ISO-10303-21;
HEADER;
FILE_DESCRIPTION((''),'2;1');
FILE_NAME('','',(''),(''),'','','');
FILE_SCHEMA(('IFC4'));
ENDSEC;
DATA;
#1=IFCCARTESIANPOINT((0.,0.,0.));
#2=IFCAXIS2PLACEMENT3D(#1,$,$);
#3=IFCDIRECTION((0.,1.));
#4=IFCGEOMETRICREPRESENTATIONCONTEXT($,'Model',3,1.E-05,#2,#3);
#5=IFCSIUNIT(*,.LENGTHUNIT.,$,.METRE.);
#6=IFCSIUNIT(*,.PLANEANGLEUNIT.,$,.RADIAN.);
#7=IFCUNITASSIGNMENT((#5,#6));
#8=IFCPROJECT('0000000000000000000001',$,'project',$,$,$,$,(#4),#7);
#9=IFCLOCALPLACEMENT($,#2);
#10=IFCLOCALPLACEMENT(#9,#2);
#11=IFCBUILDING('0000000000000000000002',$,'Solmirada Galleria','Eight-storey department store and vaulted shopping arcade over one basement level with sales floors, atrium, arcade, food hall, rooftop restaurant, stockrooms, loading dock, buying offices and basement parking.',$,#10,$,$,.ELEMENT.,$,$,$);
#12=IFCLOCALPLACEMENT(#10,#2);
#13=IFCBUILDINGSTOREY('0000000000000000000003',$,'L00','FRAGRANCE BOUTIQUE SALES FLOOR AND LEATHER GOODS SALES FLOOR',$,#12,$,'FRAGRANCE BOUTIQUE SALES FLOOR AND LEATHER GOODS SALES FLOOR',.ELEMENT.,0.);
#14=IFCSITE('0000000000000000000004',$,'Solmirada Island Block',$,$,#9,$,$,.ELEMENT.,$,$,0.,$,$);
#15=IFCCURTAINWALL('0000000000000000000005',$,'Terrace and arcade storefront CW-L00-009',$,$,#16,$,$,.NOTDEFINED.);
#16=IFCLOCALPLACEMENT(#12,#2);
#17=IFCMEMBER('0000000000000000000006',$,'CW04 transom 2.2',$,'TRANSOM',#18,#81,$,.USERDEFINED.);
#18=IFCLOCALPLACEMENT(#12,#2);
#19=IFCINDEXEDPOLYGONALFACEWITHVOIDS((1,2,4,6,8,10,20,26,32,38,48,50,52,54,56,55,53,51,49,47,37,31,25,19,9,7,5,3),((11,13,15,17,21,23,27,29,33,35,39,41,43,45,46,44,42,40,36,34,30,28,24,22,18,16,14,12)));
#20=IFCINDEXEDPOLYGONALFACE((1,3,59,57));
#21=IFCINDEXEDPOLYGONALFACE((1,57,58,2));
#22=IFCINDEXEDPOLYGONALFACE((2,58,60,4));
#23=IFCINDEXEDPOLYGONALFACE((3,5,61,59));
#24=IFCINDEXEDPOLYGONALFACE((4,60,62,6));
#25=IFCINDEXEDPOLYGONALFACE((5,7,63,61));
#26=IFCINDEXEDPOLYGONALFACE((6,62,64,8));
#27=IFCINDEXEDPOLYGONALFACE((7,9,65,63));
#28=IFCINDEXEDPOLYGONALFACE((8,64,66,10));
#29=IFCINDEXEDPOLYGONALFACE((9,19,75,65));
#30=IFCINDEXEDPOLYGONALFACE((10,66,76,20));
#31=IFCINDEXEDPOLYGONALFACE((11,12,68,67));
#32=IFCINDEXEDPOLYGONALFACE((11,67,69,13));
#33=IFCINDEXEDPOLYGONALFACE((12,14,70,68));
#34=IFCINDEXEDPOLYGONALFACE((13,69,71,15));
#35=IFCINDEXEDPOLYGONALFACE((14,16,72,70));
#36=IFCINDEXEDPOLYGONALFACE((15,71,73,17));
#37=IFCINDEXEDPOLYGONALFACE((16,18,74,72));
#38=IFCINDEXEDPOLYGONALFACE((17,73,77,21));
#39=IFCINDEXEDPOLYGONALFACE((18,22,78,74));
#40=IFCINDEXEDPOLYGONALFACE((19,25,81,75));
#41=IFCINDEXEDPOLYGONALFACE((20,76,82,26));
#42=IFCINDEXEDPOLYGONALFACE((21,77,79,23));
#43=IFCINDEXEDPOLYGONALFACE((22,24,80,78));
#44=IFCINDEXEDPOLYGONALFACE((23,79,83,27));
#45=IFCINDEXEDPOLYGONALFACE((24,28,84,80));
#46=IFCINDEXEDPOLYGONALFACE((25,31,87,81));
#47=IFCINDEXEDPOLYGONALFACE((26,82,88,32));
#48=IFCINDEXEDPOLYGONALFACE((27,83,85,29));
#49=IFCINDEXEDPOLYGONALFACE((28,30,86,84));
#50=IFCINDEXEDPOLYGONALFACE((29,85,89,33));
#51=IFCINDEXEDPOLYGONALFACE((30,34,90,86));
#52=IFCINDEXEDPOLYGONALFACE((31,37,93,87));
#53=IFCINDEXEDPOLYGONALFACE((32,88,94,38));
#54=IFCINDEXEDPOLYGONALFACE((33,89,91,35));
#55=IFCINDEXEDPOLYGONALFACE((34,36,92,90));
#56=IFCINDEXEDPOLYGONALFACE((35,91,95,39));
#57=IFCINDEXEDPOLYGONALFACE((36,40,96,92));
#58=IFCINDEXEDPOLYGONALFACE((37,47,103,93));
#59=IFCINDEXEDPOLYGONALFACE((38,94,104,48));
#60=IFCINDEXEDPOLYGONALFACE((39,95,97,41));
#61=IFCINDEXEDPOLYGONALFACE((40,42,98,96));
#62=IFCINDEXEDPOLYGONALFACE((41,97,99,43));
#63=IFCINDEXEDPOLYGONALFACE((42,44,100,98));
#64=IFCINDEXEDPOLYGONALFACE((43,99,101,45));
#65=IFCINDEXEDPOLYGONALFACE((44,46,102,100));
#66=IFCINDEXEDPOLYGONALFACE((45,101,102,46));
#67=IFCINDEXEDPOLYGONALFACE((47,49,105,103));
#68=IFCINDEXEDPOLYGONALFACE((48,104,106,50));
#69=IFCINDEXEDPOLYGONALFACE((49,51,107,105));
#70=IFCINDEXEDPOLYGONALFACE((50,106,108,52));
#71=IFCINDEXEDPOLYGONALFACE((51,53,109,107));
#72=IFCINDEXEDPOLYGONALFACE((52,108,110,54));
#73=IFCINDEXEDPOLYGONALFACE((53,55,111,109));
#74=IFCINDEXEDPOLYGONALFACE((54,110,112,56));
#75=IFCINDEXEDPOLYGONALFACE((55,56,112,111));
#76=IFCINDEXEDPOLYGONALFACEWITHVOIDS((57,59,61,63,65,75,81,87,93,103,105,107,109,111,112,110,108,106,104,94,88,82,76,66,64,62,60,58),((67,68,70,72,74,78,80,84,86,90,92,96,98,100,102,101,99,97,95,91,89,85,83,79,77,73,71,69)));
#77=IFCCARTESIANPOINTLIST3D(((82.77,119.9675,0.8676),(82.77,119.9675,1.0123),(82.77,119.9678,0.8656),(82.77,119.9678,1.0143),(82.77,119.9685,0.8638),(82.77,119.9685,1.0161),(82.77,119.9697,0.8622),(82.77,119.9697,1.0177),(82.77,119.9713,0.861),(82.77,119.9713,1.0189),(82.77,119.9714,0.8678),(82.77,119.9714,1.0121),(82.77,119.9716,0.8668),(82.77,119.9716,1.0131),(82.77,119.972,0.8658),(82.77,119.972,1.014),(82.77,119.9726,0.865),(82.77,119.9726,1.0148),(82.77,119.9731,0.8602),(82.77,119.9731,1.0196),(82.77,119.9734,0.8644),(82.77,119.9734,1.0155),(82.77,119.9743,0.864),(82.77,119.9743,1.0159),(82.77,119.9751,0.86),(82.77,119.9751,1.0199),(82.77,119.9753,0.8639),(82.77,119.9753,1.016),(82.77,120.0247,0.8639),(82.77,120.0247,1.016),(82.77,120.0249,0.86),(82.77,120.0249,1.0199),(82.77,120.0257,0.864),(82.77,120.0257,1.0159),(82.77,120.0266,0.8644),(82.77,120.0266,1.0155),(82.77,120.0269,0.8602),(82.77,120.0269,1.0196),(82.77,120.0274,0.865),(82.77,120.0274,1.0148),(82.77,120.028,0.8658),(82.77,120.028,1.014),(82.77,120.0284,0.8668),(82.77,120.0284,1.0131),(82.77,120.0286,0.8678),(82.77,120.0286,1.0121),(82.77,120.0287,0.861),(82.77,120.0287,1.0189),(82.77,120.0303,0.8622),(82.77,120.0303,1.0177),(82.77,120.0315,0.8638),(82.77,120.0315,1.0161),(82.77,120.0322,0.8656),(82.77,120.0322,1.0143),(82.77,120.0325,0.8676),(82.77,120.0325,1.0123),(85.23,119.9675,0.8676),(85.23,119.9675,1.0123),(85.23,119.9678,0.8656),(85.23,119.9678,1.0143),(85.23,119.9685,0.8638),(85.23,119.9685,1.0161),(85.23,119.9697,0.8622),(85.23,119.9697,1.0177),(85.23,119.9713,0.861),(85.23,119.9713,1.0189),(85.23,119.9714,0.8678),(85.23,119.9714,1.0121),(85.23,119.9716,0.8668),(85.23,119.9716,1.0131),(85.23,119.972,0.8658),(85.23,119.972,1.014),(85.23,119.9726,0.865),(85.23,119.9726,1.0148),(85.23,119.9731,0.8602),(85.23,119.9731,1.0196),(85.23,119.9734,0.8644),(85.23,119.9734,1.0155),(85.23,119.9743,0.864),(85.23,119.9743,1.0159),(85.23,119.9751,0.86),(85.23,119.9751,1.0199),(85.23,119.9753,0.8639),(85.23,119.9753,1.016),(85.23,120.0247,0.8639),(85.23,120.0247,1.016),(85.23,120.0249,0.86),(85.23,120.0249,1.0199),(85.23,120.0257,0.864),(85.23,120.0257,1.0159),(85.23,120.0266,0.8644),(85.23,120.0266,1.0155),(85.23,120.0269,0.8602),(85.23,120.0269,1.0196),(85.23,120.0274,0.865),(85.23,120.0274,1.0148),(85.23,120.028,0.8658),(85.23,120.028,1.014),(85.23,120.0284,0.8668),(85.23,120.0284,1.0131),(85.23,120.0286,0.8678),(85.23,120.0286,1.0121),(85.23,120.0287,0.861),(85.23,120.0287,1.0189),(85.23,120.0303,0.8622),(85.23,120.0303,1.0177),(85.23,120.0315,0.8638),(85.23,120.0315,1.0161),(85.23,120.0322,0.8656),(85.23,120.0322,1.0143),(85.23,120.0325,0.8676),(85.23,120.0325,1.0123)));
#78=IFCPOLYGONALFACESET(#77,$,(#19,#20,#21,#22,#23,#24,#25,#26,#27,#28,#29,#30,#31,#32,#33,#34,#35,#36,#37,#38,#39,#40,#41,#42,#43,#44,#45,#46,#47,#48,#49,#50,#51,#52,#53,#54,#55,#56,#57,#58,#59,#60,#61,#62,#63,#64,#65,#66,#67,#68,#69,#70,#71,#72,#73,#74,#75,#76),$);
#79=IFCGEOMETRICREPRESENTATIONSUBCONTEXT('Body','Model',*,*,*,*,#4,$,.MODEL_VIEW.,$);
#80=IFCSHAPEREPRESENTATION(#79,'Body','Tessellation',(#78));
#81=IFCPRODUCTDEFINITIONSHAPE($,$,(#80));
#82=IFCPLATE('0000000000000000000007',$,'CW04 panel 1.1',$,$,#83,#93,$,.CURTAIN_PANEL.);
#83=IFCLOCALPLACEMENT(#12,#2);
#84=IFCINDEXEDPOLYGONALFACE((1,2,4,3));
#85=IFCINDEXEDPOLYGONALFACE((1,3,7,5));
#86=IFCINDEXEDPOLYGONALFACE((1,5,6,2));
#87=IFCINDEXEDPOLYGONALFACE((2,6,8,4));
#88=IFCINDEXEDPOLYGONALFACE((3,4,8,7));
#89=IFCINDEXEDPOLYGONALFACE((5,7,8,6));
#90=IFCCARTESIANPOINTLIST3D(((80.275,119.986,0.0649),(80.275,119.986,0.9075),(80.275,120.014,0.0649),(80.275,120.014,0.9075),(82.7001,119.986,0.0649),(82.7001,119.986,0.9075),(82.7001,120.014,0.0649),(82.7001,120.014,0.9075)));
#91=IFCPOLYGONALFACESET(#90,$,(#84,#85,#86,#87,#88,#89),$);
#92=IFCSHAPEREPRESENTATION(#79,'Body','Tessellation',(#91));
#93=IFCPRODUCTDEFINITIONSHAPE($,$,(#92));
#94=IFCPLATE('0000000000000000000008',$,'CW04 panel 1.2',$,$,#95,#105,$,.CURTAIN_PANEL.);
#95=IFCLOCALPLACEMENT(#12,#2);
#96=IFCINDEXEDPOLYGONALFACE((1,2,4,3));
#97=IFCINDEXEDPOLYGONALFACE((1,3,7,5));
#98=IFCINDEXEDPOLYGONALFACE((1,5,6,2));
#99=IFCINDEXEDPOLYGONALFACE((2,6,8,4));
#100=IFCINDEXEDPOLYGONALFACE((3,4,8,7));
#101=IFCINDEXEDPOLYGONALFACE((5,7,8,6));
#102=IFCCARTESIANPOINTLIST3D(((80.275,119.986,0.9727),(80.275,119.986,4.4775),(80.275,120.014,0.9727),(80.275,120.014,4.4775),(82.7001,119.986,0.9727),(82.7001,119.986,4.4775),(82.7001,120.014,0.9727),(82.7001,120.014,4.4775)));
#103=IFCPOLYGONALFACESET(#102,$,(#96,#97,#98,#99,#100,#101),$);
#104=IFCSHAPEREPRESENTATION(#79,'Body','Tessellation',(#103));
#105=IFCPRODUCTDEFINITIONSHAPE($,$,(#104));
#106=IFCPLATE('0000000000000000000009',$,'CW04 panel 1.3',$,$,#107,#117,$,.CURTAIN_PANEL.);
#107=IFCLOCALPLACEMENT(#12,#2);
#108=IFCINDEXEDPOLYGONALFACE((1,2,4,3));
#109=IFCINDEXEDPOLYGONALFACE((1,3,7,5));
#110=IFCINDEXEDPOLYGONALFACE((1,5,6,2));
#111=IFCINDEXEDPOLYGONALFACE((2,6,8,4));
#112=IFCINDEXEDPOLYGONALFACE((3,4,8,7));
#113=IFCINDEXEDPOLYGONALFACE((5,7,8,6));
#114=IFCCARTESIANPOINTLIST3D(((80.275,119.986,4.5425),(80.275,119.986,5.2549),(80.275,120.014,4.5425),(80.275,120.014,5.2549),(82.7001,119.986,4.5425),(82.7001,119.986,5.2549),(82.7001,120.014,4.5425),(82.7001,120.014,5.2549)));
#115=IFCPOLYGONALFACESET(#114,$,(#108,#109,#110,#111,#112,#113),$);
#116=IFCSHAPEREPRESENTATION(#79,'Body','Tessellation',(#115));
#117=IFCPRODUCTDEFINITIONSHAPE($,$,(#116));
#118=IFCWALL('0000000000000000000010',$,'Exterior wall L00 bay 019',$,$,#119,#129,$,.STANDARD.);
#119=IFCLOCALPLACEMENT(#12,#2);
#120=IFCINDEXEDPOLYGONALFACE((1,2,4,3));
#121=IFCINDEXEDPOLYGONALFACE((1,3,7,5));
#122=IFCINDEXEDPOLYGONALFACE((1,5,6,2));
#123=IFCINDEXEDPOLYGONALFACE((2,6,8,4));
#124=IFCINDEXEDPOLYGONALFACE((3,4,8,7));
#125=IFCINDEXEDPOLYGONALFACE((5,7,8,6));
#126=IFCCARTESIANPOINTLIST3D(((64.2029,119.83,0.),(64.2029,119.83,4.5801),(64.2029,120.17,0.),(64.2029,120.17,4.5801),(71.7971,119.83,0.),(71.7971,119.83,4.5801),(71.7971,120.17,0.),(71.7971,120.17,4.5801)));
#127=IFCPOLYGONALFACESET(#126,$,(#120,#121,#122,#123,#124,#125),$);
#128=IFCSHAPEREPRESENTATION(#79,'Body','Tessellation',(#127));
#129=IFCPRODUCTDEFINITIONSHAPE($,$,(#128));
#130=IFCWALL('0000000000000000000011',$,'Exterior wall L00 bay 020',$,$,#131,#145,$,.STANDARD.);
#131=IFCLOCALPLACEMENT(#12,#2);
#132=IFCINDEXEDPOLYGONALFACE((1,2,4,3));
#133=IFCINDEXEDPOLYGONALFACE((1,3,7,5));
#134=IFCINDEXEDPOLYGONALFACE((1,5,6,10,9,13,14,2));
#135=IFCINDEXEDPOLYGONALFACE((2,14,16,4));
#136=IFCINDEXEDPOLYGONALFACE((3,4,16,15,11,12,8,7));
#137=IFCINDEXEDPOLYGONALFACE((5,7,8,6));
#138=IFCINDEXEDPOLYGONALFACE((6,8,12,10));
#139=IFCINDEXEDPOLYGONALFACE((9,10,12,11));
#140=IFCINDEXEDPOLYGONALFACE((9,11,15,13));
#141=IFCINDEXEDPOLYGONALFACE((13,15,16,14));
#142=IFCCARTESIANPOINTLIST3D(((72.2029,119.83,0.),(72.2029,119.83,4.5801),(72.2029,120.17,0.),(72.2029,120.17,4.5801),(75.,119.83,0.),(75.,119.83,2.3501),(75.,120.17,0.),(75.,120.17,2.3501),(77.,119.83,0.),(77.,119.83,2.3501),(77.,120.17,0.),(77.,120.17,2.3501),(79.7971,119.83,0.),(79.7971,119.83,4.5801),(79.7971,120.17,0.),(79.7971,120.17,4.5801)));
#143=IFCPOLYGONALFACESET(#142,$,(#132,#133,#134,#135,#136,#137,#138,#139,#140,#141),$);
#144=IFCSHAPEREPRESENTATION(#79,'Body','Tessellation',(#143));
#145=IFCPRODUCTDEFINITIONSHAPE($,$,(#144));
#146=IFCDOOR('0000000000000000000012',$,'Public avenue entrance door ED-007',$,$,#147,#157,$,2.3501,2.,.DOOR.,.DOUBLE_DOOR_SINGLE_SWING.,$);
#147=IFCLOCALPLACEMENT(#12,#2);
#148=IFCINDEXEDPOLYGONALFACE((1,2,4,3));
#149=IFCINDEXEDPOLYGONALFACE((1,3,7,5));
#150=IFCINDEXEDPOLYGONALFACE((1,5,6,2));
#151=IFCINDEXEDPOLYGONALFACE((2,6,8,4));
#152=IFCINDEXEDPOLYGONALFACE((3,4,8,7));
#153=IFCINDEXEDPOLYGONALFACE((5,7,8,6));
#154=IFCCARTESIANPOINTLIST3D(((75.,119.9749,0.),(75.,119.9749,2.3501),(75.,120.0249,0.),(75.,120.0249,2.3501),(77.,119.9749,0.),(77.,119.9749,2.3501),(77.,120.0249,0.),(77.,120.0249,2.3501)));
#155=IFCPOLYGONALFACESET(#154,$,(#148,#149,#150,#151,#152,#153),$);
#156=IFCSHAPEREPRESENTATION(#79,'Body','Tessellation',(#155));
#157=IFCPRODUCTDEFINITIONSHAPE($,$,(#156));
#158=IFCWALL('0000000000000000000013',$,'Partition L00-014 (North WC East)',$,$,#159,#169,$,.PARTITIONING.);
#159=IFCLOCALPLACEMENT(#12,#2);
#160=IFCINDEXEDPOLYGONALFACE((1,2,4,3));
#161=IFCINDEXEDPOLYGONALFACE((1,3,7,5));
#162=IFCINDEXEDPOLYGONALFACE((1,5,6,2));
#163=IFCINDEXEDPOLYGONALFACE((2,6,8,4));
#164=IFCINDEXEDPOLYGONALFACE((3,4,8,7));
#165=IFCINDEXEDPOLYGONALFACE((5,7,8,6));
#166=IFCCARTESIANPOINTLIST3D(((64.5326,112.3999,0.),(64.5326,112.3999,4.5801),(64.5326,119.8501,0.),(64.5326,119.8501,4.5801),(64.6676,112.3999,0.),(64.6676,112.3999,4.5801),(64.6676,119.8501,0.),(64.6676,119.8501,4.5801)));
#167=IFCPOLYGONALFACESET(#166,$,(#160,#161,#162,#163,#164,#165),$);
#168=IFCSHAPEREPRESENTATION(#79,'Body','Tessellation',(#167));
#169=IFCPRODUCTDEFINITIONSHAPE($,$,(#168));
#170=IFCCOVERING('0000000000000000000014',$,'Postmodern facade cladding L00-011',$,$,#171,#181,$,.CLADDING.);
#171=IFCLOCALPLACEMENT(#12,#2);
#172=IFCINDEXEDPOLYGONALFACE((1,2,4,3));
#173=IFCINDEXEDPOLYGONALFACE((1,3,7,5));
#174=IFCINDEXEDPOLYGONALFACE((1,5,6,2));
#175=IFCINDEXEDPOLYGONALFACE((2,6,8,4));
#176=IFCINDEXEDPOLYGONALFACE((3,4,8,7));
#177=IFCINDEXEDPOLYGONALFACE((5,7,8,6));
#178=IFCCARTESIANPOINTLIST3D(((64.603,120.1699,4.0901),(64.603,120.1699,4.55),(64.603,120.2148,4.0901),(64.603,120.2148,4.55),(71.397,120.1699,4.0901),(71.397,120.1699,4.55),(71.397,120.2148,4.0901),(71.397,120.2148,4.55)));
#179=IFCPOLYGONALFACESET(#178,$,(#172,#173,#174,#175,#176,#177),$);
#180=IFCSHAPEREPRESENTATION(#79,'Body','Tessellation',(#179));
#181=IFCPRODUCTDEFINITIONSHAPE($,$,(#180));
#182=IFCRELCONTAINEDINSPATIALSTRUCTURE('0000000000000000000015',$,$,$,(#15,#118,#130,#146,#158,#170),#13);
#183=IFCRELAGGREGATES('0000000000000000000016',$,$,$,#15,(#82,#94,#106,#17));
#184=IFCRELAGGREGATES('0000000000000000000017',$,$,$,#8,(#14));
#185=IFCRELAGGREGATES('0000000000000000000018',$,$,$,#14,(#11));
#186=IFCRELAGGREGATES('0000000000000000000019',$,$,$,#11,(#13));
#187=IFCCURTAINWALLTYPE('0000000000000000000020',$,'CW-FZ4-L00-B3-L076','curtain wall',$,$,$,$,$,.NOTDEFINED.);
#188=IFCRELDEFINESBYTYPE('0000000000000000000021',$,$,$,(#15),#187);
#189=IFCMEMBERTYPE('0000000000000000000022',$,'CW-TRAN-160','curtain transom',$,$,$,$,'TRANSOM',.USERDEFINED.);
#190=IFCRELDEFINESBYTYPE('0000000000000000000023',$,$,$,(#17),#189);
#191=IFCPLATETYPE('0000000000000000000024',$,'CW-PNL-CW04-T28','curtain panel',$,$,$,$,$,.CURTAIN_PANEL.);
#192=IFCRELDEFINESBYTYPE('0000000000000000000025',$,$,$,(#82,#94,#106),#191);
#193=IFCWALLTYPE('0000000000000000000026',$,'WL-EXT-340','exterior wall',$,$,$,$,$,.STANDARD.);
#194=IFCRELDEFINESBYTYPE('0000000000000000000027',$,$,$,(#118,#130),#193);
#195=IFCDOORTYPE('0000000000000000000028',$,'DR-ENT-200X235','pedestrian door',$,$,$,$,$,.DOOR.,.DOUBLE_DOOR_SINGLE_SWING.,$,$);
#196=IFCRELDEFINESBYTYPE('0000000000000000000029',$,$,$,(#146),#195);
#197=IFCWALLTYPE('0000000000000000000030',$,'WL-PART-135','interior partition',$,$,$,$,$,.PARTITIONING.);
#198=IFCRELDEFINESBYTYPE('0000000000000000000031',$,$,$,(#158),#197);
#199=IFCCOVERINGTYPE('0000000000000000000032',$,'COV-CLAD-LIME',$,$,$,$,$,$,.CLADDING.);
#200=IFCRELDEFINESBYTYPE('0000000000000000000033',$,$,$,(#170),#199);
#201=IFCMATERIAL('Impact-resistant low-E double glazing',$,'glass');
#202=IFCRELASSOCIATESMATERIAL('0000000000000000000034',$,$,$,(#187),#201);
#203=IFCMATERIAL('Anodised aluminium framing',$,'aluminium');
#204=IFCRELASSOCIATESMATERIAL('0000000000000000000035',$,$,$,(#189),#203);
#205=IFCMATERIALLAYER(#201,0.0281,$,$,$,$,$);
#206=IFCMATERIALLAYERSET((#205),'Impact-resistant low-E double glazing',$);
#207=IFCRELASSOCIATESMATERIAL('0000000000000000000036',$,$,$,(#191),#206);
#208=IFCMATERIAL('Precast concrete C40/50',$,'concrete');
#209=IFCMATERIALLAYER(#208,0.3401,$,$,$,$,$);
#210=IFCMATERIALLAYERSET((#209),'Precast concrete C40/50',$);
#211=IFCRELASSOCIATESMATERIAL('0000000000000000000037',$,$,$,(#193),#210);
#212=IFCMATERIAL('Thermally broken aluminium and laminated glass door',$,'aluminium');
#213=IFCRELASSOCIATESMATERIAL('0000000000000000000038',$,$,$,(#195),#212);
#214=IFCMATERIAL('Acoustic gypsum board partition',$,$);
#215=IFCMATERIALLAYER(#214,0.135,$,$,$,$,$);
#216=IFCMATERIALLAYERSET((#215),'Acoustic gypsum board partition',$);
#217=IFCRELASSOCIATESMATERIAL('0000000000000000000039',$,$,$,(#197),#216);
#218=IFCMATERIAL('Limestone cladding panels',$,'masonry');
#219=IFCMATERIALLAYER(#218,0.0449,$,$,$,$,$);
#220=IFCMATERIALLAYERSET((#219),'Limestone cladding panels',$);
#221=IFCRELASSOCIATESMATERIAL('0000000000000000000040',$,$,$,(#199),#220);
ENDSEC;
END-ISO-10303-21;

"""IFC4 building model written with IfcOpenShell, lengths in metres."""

from ifc_helpers import new_model, si_unit, direction, frame, frame_2d, origin, origin_2d, place, context, subcontext, project, spatial, rectangle, hollow_rectangle, extrude, material, layer, layer_set, material_profile, profile_set, type_object, element, fill, aggregate, save


model = new_model("IFC4")

# Units and contexts
model_context = context("Model", 3, precision=1e-05, world=origin(), true_north=direction((0.0, 1.0)))
body_context = subcontext(model_context, "Body", "Model", "MODEL_VIEW")
ifc_project = project(units=[si_unit("LENGTHUNIT", "METRE"), si_unit("PLANEANGLEUNIT", "RADIAN")], contexts=[model_context])

# Site, building, storey
site_placement = place(None, origin())
site = spatial("IfcSite", under=ifc_project, at=site_placement, Name="Solmirada Island Block", CompositionType="ELEMENT", RefElevation=0.0)
building_placement = place(site_placement, origin())
building = spatial("IfcBuilding", under=site, at=building_placement, Name="Solmirada Galleria", Description="Eight-storey department store and vaulted shopping arcade over one basement level with sales floors, atrium, arcade, food hall, rooftop restaurant, stockrooms, loading dock, buying offices and basement parking.", CompositionType="ELEMENT")
storey_placement = place(building_placement, origin())
storey = spatial("IfcBuildingStorey", under=building, at=storey_placement, Name="L00", Description="FRAGRANCE BOUTIQUE SALES FLOOR AND LEATHER GOODS SALES FLOOR", LongName="FRAGRANCE BOUTIQUE SALES FLOOR AND LEATHER GOODS SALES FLOOR", CompositionType="ELEMENT", Elevation=0.0)

# Shared definitions
ifc_material_1 = material(Name="Precast concrete C40/50", Category="concrete")

# Curtain wall, member, plates
ifc_material_2 = material(Name="Impact-resistant low-E double glazing", Category="glass")
curtain_wall_type = type_object("IfcCurtainWallType", Name="CW-FZ4-L00-B3-L076", Description="curtain wall", PredefinedType="NOTDEFINED", material=ifc_material_2)
curtain_wall_placement = place(storey_placement, origin())
curtain_wall = element("IfcCurtainWall", 1, at=curtain_wall_placement, inside=storey, type_object=curtain_wall_type, Name="Terrace and arcade storefront CW-L00-009", PredefinedType="NOTDEFINED")
ifc_material_3 = material(Name="Anodised aluminium framing", Category="aluminium")
ifc_material_profile_1 = material_profile(ifc_material_3, hollow_rectangle(XDim=0.0649, YDim=0.1599, WallThickness=0.0039, InnerFilletRadius=0.0039, OuterFilletRadius=0.0076, at=origin_2d()), Name="ALU-TRAN-160X65")
ifc_profile_set_1 = profile_set([ifc_material_profile_1], Name="Anodised aluminium framing")
member_type_1 = type_object("IfcMemberType", Name="CW-TRAN-160", Description="curtain transom", ElementType="TRANSOM", PredefinedType="USERDEFINED", material=ifc_profile_set_1)
member_1_placement = place(storey_placement, frame((82.77, 120.0, 0.9399), z_axis=(1.0, 0.0, 0.0), x_axis=(0.0, 1.0, 0.0)))
member_1 = element("IfcMember", 2, at=member_1_placement, type_object=member_type_1, Name="CW04 transom 2.2", ObjectType="TRANSOM", PredefinedType="USERDEFINED", context=body_context, shape_type="SweptSolid", body=[
    extrude(hollow_rectangle(XDim=0.0649, YDim=0.1599, WallThickness=0.0039, InnerFilletRadius=0.0039, OuterFilletRadius=0.0076, at=origin_2d()), origin(), (0.0, 0.0, 1.0), 2.46),
])
ifc_layer_1 = layer(ifc_material_2, 0.0281)
ifc_layer_set_1 = layer_set([ifc_layer_1], Name="Impact-resistant low-E double glazing")
plate_type = type_object("IfcPlateType", Name="CW-PNL-CW04-T28", Description="curtain panel", PredefinedType="CURTAIN_PANEL", material=ifc_layer_set_1)
plate_1_placement = place(storey_placement, frame((81.4875, 120.0, 0.0649), z_axis=(0.0, 0.0, 1.0), x_axis=(1.0, 0.0, 0.0)))
plate_1 = element("IfcPlate", 3, at=plate_1_placement, type_object=plate_type, Name="CW04 panel 1.1", PredefinedType="CURTAIN_PANEL", context=body_context, shape_type="SweptSolid", body=[
    extrude(rectangle(XDim=2.425, YDim=0.0281, at=origin_2d()), origin(), (0.0, 0.0, 1.0), 0.8425),
])
plate_2_placement = place(storey_placement, frame((81.4875, 120.0, 0.9727), z_axis=(0.0, 0.0, 1.0), x_axis=(1.0, 0.0, 0.0)))
plate_2 = element("IfcPlate", 4, at=plate_2_placement, type_object=plate_type, Name="CW04 panel 1.2", PredefinedType="CURTAIN_PANEL", context=body_context, shape_type="SweptSolid", body=[
    extrude(rectangle(XDim=2.425, YDim=0.0281, at=origin_2d()), origin(), (0.0, 0.0, 1.0), 3.5049),
])
plate_3_placement = place(storey_placement, frame((81.4875, 120.0, 4.5425), z_axis=(0.0, 0.0, 1.0), x_axis=(1.0, 0.0, 0.0)))
plate_3 = element("IfcPlate", 5, at=plate_3_placement, type_object=plate_type, Name="CW04 panel 1.3", PredefinedType="CURTAIN_PANEL", context=body_context, shape_type="SweptSolid", body=[
    extrude(rectangle(XDim=2.425, YDim=0.0281, at=origin_2d()), origin(), (0.0, 0.0, 1.0), 0.7124),
])
aggregate(curtain_wall, [plate_1, plate_2, plate_3, member_1])

# Wall
ifc_layer_2 = layer(ifc_material_1, 0.3401)
ifc_layer_set_2 = layer_set([ifc_layer_2], Name="Precast concrete C40/50")
wall_type_1 = type_object("IfcWallType", Name="WL-EXT-340", Description="exterior wall", PredefinedType="STANDARD", material=ifc_layer_set_2)
wall_1_placement = place(storey_placement, frame((64.2029, 120.0, 0.0), z_axis=(0.0, 0.0, 1.0), x_axis=(1.0, 0.0, 0.0)))
element("IfcWall", 6, at=wall_1_placement, inside=storey, type_object=wall_type_1, Name="Exterior wall L00 bay 019", PredefinedType="STANDARD", context=body_context, shape_type="SweptSolid", body=[
    extrude(rectangle(XDim=7.5942, YDim=0.3401, at=frame_2d((3.7971, 0.0))), origin(), (0.0, 0.0, 1.0), 4.5801),
])

# Wall, opening, door
wall_2_placement = place(storey_placement, frame((72.2029, 120.0, 0.0), z_axis=(0.0, 0.0, 1.0), x_axis=(1.0, 0.0, 0.0)))
wall_2 = element("IfcWall", 7, at=wall_2_placement, inside=storey, type_object=wall_type_1, Name="Exterior wall L00 bay 020", PredefinedType="STANDARD", context=body_context, shape_type="SweptSolid", body=[
    extrude(rectangle(XDim=7.5942, YDim=0.3401, at=frame_2d((3.7971, 0.0))), origin(), (0.0, 0.0, 1.0), 4.5801),
])
opening_placement = place(wall_2_placement, frame((2.7971, 0.0, 0.0)))
opening = element("IfcOpeningElement", 8, at=opening_placement, cuts=wall_2, PredefinedType="OPENING", context=body_context, shape_type="SweptSolid", body=[
    extrude(rectangle(XDim=2.0, YDim=2.3501, at=frame_2d((1.0, 1.175))), frame((0.0, 0.1799, 0.0), z_axis=(0.0, -1.0, 0.0), x_axis=(1.0, 0.0, 0.0)), (0.0, 0.0, 1.0), 0.3601),
])
ifc_material_4 = material(Name="Thermally broken aluminium and laminated glass door", Category="aluminium")
door_type = type_object("IfcDoorType", Name="DR-ENT-200X235", Description="pedestrian door", OperationType="DOUBLE_DOOR_SINGLE_SWING", PredefinedType="DOOR", material=ifc_material_4)
door_placement = place(opening_placement, origin())
door = element("IfcDoor", 9, at=door_placement, inside=storey, type_object=door_type, Name="Public avenue entrance door ED-007", OperationType="DOUBLE_DOOR_SINGLE_SWING", OverallHeight=2.3501, OverallWidth=2.0, PredefinedType="DOOR", context=body_context, shape_type="SweptSolid", body=[
    extrude(rectangle(XDim=2.0, YDim=2.3501, at=frame_2d((1.0, 1.175))), frame((0.0, 0.0249, 0.0), z_axis=(0.0, -1.0, 0.0), x_axis=(1.0, 0.0, 0.0)), (0.0, 0.0, 1.0), 0.05),
])
fill(opening, door)

# Wall
ifc_material_5 = material(Name="Acoustic gypsum board partition")
ifc_layer_3 = layer(ifc_material_5, 0.135)
ifc_layer_set_3 = layer_set([ifc_layer_3], Name="Acoustic gypsum board partition")
wall_type_2 = type_object("IfcWallType", Name="WL-PART-135", Description="interior partition", PredefinedType="PARTITIONING", material=ifc_layer_set_3)
wall_3_placement = place(storey_placement, frame((64.6001, 112.3999, 0.0), z_axis=(0.0, 0.0, 1.0), x_axis=(0.0, 1.0, 0.0)))
element("IfcWall", 10, at=wall_3_placement, inside=storey, type_object=wall_type_2, Name="Partition L00-014 (North WC East)", PredefinedType="PARTITIONING", context=body_context, shape_type="SweptSolid", body=[
    extrude(rectangle(XDim=7.4502, YDim=0.135, at=frame_2d((3.7251, 0.0))), origin(), (0.0, 0.0, 1.0), 4.5801),
])

# Covering
ifc_material_6 = material(Name="Limestone cladding panels", Category="masonry")
ifc_layer_4 = layer(ifc_material_6, 0.0449)
ifc_layer_set_4 = layer_set([ifc_layer_4], Name="Limestone cladding panels")
covering_type = type_object("IfcCoveringType", Name="COV-CLAD-LIME", PredefinedType="CLADDING", material=ifc_layer_set_4)
for number, where, z_axis, x_axis, name in (
    (11, (68.0, 120.1924, 4.0901), (0.0, 0.0, 1.0), (1.0, 0.0, 0.0), "Postmodern facade cladding L00-011"),
):
    element("IfcCovering", number, at=place(storey_placement, frame(where, z_axis=z_axis, x_axis=x_axis)), inside=storey, type_object=covering_type, Name=name, PredefinedType="CLADDING", context=body_context, shape_type="SweptSolid", body=[
        extrude(rectangle(XDim=6.7939, YDim=0.0449, at=origin_2d()), origin(), (0.0, 0.0, 1.0), 0.46),
    ])

save(model, "model.ifc")
